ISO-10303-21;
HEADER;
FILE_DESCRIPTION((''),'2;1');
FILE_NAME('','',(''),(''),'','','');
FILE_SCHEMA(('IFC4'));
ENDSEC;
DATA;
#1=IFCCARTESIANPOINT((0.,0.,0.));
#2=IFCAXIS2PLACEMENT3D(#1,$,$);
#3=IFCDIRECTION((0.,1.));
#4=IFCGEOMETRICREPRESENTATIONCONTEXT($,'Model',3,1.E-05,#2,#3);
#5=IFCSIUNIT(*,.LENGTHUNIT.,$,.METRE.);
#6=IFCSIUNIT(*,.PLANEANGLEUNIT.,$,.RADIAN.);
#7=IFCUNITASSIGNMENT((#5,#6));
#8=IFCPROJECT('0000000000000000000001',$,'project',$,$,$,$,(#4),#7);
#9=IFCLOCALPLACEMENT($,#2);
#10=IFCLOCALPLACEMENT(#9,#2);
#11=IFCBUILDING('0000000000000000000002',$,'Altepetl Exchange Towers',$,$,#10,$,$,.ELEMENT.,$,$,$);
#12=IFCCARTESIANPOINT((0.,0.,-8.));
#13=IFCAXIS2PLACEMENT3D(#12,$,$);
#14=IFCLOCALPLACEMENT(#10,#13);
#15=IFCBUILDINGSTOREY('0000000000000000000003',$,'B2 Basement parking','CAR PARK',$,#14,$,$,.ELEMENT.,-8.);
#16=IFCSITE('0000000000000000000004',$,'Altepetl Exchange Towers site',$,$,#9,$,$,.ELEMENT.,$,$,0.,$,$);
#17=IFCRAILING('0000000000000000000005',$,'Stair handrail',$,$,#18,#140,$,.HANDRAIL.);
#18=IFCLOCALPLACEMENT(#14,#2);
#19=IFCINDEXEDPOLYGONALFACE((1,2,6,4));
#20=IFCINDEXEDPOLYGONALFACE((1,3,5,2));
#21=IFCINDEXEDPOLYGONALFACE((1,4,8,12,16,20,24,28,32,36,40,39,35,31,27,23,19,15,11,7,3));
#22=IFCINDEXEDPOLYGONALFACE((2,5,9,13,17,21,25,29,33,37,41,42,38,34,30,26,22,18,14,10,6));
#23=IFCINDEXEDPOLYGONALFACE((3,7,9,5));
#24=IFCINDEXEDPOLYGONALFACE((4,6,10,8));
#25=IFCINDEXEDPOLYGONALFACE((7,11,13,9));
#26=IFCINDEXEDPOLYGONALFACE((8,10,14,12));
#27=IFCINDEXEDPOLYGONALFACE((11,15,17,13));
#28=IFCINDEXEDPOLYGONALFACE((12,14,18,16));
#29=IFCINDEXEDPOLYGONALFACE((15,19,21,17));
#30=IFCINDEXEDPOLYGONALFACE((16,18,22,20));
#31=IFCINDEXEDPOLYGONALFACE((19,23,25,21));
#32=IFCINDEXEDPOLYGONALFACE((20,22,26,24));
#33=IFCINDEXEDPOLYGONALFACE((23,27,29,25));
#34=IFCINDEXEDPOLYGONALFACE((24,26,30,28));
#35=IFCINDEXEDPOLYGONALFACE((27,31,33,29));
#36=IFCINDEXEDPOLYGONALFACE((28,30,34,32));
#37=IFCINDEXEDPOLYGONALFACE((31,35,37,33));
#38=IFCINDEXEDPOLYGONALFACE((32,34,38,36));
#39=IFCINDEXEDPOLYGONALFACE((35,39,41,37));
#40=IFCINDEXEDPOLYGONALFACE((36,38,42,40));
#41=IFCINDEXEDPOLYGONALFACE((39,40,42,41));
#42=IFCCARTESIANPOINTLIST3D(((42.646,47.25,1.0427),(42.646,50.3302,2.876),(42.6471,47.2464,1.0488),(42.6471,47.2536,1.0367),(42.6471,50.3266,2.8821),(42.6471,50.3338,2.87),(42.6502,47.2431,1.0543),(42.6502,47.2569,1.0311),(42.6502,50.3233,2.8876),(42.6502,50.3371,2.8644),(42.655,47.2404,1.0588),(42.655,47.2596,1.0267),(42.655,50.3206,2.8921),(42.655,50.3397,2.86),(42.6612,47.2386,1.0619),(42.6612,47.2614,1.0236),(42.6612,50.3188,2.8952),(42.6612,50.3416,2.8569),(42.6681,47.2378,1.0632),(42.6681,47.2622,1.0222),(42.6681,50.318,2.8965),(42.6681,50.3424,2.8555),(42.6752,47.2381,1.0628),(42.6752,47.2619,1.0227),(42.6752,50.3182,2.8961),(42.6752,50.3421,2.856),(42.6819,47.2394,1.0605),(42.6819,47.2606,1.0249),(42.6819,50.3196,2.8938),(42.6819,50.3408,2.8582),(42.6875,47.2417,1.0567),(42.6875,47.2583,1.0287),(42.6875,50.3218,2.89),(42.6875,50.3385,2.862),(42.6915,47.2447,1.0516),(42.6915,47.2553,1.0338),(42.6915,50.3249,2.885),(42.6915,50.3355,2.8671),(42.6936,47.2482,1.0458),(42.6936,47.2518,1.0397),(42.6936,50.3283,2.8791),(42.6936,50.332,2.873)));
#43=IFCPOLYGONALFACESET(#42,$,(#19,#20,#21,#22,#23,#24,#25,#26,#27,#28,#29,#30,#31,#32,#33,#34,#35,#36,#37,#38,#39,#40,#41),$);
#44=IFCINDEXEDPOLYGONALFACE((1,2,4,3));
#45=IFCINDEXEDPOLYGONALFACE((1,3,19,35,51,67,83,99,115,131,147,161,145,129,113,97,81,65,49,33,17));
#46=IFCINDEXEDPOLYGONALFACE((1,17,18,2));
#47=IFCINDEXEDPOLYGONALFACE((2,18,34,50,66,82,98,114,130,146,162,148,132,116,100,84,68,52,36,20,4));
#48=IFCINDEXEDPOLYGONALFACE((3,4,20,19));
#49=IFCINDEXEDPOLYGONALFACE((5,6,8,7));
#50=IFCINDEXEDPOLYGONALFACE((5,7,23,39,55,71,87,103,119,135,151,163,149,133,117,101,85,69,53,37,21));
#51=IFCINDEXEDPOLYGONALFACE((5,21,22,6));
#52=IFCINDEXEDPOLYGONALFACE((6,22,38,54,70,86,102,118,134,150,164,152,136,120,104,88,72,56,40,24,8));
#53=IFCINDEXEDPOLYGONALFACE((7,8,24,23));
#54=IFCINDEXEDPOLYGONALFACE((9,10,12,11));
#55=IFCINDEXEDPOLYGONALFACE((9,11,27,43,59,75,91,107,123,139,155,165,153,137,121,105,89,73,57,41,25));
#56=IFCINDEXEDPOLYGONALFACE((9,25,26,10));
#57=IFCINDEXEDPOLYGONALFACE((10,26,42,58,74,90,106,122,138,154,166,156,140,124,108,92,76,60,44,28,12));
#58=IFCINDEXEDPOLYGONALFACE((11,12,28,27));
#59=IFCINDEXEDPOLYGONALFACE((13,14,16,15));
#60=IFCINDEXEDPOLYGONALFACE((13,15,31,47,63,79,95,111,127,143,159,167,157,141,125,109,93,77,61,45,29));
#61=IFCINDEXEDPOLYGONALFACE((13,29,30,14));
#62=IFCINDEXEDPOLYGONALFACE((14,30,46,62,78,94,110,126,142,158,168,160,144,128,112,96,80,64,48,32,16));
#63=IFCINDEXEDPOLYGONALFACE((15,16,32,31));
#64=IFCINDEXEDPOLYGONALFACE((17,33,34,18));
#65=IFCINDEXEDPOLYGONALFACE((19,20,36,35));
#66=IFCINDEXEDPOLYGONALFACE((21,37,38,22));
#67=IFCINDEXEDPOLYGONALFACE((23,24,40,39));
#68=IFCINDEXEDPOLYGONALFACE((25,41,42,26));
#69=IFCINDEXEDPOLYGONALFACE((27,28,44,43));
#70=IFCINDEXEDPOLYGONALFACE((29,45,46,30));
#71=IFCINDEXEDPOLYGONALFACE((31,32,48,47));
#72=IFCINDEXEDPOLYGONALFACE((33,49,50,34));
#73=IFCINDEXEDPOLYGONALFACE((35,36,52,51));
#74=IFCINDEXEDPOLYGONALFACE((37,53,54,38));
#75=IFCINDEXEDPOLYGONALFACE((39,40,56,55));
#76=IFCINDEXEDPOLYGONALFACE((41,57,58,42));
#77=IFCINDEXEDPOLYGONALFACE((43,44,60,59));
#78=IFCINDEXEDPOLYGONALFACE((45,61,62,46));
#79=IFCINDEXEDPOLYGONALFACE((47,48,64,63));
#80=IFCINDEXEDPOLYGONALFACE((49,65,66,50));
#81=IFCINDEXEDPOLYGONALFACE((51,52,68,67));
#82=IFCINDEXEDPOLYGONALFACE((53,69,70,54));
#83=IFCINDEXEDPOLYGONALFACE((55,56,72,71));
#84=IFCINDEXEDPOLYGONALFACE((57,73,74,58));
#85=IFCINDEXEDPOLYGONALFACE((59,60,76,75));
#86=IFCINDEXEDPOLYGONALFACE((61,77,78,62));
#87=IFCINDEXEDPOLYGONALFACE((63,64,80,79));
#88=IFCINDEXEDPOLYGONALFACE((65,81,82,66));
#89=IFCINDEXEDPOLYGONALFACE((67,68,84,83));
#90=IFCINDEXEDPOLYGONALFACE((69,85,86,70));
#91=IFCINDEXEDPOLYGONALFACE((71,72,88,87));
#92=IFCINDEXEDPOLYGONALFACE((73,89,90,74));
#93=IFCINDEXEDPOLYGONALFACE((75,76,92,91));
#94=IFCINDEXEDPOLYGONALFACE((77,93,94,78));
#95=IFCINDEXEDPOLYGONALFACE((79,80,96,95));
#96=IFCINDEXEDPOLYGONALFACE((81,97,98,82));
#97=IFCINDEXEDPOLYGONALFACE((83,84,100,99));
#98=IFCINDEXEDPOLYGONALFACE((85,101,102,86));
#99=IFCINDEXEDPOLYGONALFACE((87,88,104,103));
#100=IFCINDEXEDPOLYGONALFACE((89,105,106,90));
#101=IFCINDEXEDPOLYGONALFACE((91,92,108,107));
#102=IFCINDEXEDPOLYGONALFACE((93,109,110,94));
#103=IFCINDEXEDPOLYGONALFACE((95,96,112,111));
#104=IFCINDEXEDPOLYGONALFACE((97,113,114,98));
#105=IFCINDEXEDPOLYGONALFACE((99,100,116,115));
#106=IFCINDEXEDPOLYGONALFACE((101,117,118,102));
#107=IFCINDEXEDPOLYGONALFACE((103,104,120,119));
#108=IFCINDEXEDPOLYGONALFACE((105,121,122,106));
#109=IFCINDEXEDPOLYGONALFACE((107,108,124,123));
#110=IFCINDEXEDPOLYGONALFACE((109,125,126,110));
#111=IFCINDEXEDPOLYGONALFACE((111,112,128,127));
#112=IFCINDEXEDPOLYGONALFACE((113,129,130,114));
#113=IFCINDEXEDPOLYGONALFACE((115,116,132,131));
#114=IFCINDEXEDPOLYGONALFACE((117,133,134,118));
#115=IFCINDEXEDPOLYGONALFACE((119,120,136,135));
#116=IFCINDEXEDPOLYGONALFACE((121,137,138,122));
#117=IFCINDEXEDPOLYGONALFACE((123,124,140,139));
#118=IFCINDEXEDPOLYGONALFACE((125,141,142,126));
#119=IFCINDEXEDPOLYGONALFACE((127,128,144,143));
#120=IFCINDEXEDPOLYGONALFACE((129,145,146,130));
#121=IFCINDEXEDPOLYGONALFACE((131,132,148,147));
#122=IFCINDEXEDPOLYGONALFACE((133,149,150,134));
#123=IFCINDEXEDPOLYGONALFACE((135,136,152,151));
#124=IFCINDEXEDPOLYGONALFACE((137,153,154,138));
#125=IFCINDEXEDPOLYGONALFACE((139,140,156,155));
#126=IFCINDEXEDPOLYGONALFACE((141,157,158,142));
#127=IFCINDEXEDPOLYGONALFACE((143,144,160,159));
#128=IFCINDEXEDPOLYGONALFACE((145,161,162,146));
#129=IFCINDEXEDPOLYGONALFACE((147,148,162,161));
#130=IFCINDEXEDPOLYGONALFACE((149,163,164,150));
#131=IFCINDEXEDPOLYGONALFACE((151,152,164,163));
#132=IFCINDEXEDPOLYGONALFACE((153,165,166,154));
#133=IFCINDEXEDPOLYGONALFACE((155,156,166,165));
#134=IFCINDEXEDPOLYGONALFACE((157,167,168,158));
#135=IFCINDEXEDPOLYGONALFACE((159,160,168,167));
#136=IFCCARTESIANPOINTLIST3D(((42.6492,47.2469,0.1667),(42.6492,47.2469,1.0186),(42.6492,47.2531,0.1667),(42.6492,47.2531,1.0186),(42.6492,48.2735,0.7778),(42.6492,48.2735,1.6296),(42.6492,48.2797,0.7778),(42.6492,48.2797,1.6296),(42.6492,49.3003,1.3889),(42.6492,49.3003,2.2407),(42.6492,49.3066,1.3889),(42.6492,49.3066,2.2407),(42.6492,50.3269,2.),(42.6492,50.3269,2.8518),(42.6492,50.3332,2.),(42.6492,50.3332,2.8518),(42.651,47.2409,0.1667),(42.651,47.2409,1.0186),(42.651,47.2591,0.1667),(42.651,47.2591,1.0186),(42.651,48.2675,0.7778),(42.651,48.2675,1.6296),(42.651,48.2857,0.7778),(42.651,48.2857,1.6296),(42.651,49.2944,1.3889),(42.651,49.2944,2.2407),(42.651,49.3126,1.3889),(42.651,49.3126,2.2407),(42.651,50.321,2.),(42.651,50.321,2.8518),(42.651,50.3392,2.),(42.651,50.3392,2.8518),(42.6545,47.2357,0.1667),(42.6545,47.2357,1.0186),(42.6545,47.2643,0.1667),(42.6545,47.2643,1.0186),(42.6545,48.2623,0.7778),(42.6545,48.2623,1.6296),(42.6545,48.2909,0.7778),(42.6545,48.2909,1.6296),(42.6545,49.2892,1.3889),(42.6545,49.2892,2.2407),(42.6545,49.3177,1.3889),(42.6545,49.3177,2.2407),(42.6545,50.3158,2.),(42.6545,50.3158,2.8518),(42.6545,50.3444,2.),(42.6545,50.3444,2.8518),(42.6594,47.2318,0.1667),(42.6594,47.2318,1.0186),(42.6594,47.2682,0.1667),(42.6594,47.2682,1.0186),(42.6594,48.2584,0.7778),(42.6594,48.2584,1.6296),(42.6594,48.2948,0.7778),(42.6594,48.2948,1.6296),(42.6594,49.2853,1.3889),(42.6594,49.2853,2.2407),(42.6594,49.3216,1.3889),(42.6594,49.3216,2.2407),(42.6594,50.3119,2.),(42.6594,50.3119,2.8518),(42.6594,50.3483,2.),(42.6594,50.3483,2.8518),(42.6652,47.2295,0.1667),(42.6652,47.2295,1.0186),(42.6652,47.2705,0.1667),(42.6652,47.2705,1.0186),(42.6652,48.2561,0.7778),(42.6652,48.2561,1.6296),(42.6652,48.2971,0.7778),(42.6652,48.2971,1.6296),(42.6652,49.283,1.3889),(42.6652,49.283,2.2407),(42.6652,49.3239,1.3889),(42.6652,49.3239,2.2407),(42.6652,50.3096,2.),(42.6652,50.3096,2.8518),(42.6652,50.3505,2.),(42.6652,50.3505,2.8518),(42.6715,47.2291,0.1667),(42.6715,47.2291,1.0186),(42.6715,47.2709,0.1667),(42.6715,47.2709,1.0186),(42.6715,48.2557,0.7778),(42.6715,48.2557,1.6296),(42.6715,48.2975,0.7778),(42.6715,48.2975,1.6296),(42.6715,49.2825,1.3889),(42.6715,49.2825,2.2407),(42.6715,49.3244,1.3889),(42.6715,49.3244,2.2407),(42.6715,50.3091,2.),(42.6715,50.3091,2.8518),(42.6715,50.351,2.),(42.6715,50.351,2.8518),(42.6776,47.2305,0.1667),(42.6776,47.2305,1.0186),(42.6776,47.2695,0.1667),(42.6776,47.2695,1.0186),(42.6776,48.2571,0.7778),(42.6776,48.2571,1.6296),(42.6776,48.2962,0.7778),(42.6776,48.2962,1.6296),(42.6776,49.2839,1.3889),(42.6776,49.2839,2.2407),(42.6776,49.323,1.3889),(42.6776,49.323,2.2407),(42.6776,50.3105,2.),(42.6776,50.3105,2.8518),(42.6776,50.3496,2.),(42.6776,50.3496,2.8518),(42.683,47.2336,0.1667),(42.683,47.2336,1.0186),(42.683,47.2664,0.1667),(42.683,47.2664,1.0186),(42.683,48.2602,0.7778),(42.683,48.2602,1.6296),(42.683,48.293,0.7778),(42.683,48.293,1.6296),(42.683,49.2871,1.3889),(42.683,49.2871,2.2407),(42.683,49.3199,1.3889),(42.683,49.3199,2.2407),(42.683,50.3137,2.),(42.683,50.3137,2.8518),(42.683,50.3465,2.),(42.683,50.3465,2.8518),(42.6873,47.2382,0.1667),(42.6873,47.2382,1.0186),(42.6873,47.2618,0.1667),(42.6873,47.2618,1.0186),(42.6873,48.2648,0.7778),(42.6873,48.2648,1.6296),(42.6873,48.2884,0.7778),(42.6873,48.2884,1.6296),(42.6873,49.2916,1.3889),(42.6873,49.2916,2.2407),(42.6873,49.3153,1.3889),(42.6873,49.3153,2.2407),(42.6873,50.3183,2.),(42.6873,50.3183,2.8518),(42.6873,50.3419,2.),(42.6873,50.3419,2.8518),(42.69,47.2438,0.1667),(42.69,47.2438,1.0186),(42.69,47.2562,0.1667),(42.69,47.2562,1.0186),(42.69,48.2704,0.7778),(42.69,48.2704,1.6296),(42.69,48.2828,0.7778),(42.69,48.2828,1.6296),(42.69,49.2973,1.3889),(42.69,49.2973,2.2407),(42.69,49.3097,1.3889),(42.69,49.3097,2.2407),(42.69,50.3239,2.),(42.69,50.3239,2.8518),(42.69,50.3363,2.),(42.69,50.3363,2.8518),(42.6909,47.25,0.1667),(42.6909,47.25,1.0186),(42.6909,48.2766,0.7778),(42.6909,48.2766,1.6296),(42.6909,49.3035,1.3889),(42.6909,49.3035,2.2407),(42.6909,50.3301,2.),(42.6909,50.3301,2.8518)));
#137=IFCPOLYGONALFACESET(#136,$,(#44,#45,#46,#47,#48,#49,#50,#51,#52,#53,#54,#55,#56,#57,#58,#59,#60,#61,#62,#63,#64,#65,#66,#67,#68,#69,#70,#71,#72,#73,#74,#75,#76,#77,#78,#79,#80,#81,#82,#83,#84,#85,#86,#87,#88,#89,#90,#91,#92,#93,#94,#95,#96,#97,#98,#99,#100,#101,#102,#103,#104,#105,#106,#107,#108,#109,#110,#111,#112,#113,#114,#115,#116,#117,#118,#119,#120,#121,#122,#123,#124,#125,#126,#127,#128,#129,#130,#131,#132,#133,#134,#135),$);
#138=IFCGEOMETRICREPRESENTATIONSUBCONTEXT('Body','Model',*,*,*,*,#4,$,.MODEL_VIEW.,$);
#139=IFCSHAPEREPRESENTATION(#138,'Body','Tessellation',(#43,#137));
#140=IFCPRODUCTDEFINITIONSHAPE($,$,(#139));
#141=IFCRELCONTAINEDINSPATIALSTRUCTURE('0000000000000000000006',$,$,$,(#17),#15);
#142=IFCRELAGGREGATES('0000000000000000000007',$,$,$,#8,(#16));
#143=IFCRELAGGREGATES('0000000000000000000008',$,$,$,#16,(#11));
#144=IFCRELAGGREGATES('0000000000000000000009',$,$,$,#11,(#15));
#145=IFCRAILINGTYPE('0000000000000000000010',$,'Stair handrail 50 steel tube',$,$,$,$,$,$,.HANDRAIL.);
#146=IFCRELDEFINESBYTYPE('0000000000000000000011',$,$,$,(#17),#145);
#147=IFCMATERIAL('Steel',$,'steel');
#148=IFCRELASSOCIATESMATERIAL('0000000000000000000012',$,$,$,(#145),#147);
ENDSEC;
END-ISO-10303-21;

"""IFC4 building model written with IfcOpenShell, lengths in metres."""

from ifc_helpers import new_model, si_unit, direction, frame, origin, origin_2d, place, context, subcontext, project, spatial, circle, extrude, source, transform, mapped, material, type_object, element, save


model = new_model("IFC4")

# Units and contexts
model_context = context("Model", 3, precision=1e-05, world=origin(), true_north=direction((0.0, 1.0)))
body_context = subcontext(model_context, "Body", "Model", "MODEL_VIEW")
ifc_project = project(units=[si_unit("LENGTHUNIT", "METRE"), si_unit("PLANEANGLEUNIT", "RADIAN")], contexts=[model_context])

# Site, building, storey
site_placement = place(None, origin())
site = spatial("IfcSite", under=ifc_project, at=site_placement, Name="Altepetl Exchange Towers site", CompositionType="ELEMENT", RefElevation=0.0)
building_placement = place(site_placement, origin())
building = spatial("IfcBuilding", under=site, at=building_placement, Name="Altepetl Exchange Towers", CompositionType="ELEMENT")
storey_placement = place(building_placement, frame((0.0, 0.0, -8.0)))
storey = spatial("IfcBuildingStorey", under=building, at=storey_placement, Name="B2 Basement parking", Description="CAR PARK", CompositionType="ELEMENT", Elevation=-8.0)

# Railing
ifc_material_1 = material(Name="Steel", Category="steel")
railing_type = type_object("IfcRailingType", Name="Stair handrail 50 steel tube", PredefinedType="HANDRAIL", material=ifc_material_1)
shared_shape = source(origin(), body_context, "Body", "SweptSolid", [
    extrude(circle(Radius=0.021, at=origin_2d()), origin(), (0.0, 0.0, 1.0), 0.8518),
])
railing_1_placement = place(storey_placement, frame((42.6699, 47.25, 0.1667)))
element("IfcRailing", 1, at=railing_1_placement, inside=storey, type_object=railing_type, Name="Stair handrail", PredefinedType="HANDRAIL", context=body_context, shape_type="SweptSolid", body=[
    extrude(circle(Radius=0.0239, at=origin_2d()), frame((0.0, 0.0, 0.876), z_axis=(0.0, 0.859309, 0.511458), x_axis=(-1.0, 0.0, 0.0)), (0.0, 0.0, 1.0), 3.5845),
    mapped(shared_shape, transform((0.0, 0.0, 0.0))),
    mapped(shared_shape, transform((0.0, 1.0266, 0.6111))),
    mapped(shared_shape, transform((0.0, 2.0535, 1.2222))),
    mapped(shared_shape, transform((0.0, 3.0801, 1.8333))),
])

save(model, "model.ifc")
